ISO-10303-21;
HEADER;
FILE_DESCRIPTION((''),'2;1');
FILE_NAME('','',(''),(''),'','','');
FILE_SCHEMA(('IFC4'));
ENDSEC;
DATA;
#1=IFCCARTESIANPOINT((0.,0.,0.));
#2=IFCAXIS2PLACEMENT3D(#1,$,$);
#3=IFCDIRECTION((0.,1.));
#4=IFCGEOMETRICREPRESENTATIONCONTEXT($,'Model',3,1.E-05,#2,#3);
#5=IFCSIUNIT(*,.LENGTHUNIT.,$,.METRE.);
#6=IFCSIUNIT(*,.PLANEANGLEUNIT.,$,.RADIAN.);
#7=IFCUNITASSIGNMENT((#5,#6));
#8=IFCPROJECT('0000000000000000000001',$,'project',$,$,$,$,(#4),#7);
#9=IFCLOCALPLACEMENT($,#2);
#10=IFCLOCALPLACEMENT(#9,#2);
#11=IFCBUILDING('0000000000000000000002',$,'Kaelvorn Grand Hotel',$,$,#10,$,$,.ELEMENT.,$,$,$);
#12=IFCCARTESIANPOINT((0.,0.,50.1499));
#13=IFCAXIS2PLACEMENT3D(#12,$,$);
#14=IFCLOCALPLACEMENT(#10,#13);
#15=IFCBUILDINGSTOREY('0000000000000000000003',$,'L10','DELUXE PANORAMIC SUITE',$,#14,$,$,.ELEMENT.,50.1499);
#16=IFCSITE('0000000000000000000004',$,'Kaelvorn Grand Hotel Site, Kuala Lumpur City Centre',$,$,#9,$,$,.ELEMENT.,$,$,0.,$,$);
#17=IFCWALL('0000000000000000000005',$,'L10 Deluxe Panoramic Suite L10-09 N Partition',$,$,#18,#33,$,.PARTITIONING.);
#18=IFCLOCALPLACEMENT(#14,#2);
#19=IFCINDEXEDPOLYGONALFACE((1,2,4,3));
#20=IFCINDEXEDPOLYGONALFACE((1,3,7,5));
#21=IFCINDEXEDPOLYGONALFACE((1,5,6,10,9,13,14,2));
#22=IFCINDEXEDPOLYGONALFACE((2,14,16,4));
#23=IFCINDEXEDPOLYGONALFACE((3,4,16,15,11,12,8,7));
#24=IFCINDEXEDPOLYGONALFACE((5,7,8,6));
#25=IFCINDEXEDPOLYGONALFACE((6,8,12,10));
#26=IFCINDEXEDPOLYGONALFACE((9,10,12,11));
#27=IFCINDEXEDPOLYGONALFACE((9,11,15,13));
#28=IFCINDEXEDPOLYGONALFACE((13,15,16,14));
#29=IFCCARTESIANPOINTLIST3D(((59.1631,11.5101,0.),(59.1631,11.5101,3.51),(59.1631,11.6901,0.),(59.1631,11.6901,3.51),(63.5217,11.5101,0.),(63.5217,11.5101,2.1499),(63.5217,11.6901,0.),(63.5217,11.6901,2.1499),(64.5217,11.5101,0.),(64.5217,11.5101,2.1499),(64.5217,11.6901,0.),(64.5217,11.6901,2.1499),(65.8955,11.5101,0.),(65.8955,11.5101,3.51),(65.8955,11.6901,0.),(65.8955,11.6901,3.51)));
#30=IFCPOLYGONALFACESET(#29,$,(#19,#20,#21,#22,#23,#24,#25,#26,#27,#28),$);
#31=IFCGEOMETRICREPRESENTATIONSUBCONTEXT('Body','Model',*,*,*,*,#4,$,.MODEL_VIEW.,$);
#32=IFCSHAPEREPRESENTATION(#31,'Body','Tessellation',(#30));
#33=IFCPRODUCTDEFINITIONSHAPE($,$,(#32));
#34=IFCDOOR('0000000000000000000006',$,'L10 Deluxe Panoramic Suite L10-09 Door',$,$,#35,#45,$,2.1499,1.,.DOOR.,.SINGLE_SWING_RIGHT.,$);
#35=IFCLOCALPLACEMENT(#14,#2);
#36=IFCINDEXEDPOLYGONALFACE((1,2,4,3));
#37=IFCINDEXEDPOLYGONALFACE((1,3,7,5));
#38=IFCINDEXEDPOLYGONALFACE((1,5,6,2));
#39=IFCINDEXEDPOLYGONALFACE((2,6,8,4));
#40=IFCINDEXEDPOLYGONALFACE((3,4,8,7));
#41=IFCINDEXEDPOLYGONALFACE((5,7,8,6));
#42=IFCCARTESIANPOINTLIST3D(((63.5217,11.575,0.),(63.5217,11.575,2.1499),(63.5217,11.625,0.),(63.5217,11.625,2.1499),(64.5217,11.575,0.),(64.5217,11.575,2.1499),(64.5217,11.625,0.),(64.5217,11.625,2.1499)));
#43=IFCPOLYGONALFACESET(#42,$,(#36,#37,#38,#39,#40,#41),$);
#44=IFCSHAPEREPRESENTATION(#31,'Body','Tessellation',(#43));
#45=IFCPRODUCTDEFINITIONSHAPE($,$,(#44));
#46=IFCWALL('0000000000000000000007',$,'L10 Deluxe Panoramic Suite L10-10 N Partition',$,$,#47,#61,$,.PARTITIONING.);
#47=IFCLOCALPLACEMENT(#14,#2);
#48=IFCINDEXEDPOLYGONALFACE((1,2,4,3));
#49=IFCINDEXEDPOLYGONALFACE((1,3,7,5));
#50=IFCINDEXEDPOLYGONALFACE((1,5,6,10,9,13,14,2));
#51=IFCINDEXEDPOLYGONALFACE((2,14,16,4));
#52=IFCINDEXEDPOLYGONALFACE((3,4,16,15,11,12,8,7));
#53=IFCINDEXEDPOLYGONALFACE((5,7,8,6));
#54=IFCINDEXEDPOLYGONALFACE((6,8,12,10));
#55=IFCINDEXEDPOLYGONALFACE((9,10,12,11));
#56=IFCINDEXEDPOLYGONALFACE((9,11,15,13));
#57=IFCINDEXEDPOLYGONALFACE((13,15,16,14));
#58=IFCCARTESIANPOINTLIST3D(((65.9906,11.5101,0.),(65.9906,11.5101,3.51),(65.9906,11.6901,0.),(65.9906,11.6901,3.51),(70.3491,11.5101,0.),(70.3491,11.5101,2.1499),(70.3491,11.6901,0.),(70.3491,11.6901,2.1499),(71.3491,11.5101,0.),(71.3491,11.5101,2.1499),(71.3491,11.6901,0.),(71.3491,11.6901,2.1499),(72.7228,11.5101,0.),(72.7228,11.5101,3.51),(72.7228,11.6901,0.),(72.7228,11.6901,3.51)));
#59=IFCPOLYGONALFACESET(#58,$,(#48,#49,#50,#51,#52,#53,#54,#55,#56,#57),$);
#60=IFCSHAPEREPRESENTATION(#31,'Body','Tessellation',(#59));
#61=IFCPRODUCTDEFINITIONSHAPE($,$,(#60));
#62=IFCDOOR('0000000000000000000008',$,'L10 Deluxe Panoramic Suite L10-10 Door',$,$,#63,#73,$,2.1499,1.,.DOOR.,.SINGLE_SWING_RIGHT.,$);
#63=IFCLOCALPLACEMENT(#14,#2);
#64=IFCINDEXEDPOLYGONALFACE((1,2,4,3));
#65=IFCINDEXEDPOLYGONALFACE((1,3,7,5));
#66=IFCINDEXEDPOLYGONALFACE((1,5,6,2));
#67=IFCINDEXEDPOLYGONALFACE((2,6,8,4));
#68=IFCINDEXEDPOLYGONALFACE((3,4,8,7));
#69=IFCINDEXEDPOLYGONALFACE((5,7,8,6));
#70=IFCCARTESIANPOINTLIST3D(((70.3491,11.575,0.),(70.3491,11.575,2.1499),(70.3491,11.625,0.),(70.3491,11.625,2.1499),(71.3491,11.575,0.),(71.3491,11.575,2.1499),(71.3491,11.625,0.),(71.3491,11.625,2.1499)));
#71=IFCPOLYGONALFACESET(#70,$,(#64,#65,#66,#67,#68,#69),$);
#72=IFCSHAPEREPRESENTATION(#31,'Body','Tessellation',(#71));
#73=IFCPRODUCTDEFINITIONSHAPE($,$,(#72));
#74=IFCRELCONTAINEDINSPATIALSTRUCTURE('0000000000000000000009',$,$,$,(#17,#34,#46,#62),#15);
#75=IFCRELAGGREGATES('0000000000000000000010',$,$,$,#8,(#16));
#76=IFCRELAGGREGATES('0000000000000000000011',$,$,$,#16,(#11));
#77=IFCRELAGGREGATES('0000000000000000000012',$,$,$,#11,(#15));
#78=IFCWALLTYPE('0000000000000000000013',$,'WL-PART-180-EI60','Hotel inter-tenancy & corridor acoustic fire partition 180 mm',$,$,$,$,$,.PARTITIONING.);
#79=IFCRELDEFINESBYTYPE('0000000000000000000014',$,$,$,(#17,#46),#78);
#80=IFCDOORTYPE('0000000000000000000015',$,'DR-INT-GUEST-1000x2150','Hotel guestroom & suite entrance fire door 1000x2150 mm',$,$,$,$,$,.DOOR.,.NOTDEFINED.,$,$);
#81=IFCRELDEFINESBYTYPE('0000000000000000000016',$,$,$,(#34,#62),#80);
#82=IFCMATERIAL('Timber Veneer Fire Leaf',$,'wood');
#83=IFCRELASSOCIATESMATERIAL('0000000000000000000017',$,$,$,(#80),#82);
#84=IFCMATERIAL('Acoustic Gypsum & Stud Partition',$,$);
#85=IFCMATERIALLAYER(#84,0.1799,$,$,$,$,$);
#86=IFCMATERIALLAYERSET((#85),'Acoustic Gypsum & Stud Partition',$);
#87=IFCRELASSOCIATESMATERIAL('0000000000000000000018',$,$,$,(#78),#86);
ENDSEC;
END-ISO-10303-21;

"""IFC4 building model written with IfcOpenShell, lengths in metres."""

from ifc_helpers import new_model, si_unit, direction, frame, frame_2d, origin, place, context, subcontext, project, spatial, rectangle, extrude, material, layer, layer_set, type_object, element, fill, save


model = new_model("IFC4")

# Units and contexts
model_context = context("Model", 3, precision=1e-05, world=origin(), true_north=direction((0.0, 1.0)))
body_context = subcontext(model_context, "Body", "Model", "MODEL_VIEW")
ifc_project = project(units=[si_unit("LENGTHUNIT", "METRE"), si_unit("PLANEANGLEUNIT", "RADIAN")], contexts=[model_context])

# Site, building, storey
site_placement = place(None, origin())
site = spatial("IfcSite", under=ifc_project, at=site_placement, Name="Kaelvorn Grand Hotel Site, Kuala Lumpur City Centre", CompositionType="ELEMENT", RefElevation=0.0)
building_placement = place(site_placement, origin())
building = spatial("IfcBuilding", under=site, at=building_placement, Name="Kaelvorn Grand Hotel", CompositionType="ELEMENT")
storey_placement = place(building_placement, frame((0.0, 0.0, 50.1499)))
storey = spatial("IfcBuildingStorey", under=building, at=storey_placement, Name="L10", Description="DELUXE PANORAMIC SUITE", CompositionType="ELEMENT", Elevation=50.1499)

# Shared definitions
ifc_material_1 = material(Name="Acoustic Gypsum & Stud Partition")

# Walls, openings, doors
ifc_material_2 = material(Name="Timber Veneer Fire Leaf", Category="wood")
door_type_1 = type_object("IfcDoorType", Name="DR-INT-GUEST-1000x2150", Description="Hotel guestroom & suite entrance fire door 1000x2150 mm", OperationType="NOTDEFINED", PredefinedType="DOOR", material=ifc_material_2)
ifc_layer_1 = layer(ifc_material_1, 0.1799)
ifc_layer_set_1 = layer_set([ifc_layer_1], Name="Acoustic Gypsum & Stud Partition")
wall_type_1 = type_object("IfcWallType", Name="WL-PART-180-EI60", Description="Hotel inter-tenancy & corridor acoustic fire partition 180 mm", PredefinedType="PARTITIONING", material=ifc_layer_set_1)
wall_1_placement = place(storey_placement, frame((59.1631, 11.6001, 0.0), z_axis=(0.0, 0.0, 1.0), x_axis=(1.0, 0.0, 0.0)))
wall_1 = element("IfcWall", 1, at=wall_1_placement, inside=storey, type_object=wall_type_1, Name="L10 Deluxe Panoramic Suite L10-09 N Partition", PredefinedType="PARTITIONING", context=body_context, shape_type="SweptSolid", body=[
    extrude(rectangle(XDim=6.7324, YDim=0.1799, at=frame_2d((3.3662, 0.0))), origin(), (0.0, 0.0, 1.0), 3.51),
])
opening_1_placement = place(wall_1_placement, frame((4.3586, 0.0, 0.0)))
opening_1 = element("IfcOpeningElement", 2, at=opening_1_placement, cuts=wall_1, PredefinedType="OPENING", context=body_context, shape_type="SweptSolid", body=[
    extrude(rectangle(XDim=1.0, YDim=2.1499, at=frame_2d((0.5, 1.075))), frame((0.0, 0.1001, 0.0), z_axis=(0.0, -1.0, 0.0), x_axis=(1.0, 0.0, 0.0)), (0.0, 0.0, 1.0), 0.2),
])
door_1_placement = place(opening_1_placement, origin())
door_1 = element("IfcDoor", 3, at=door_1_placement, inside=storey, type_object=door_type_1, Name="L10 Deluxe Panoramic Suite L10-09 Door", OperationType="SINGLE_SWING_RIGHT", OverallHeight=2.1499, OverallWidth=1.0, PredefinedType="DOOR", context=body_context, shape_type="SweptSolid", body=[
    extrude(rectangle(XDim=1.0, YDim=2.1499, at=frame_2d((0.5, 1.075))), frame((0.0, 0.0249, 0.0), z_axis=(0.0, -1.0, 0.0), x_axis=(1.0, 0.0, 0.0)), (0.0, 0.0, 1.0), 0.05),
])
fill(opening_1, door_1)
wall_2_placement = place(storey_placement, frame((65.9905, 11.6001, 0.0), z_axis=(0.0, 0.0, 1.0), x_axis=(1.0, 0.0, 0.0)))
wall_2 = element("IfcWall", 4, at=wall_2_placement, inside=storey, type_object=wall_type_1, Name="L10 Deluxe Panoramic Suite L10-10 N Partition", PredefinedType="PARTITIONING", context=body_context, shape_type="SweptSolid", body=[
    extrude(rectangle(XDim=6.7322, YDim=0.1799, at=frame_2d((3.3662, 0.0))), origin(), (0.0, 0.0, 1.0), 3.51),
])
opening_2_placement = place(wall_2_placement, frame((4.3586, 0.0, 0.0)))
opening_2 = element("IfcOpeningElement", 5, at=opening_2_placement, cuts=wall_2, PredefinedType="OPENING", context=body_context, shape_type="SweptSolid", body=[
    extrude(rectangle(XDim=1.0, YDim=2.1499, at=frame_2d((0.5, 1.075))), frame((0.0, 0.1001, 0.0), z_axis=(0.0, -1.0, 0.0), x_axis=(1.0, 0.0, 0.0)), (0.0, 0.0, 1.0), 0.2),
])
door_2_placement = place(opening_2_placement, origin())
door_2 = element("IfcDoor", 6, at=door_2_placement, inside=storey, type_object=door_type_1, Name="L10 Deluxe Panoramic Suite L10-10 Door", OperationType="SINGLE_SWING_RIGHT", OverallHeight=2.1499, OverallWidth=1.0, PredefinedType="DOOR", context=body_context, shape_type="SweptSolid", body=[
    extrude(rectangle(XDim=1.0, YDim=2.1499, at=frame_2d((0.5, 1.075))), frame((0.0, 0.0249, 0.0), z_axis=(0.0, -1.0, 0.0), x_axis=(1.0, 0.0, 0.0)), (0.0, 0.0, 1.0), 0.05),
])
fill(opening_2, door_2)

save(model, "model.ifc")
